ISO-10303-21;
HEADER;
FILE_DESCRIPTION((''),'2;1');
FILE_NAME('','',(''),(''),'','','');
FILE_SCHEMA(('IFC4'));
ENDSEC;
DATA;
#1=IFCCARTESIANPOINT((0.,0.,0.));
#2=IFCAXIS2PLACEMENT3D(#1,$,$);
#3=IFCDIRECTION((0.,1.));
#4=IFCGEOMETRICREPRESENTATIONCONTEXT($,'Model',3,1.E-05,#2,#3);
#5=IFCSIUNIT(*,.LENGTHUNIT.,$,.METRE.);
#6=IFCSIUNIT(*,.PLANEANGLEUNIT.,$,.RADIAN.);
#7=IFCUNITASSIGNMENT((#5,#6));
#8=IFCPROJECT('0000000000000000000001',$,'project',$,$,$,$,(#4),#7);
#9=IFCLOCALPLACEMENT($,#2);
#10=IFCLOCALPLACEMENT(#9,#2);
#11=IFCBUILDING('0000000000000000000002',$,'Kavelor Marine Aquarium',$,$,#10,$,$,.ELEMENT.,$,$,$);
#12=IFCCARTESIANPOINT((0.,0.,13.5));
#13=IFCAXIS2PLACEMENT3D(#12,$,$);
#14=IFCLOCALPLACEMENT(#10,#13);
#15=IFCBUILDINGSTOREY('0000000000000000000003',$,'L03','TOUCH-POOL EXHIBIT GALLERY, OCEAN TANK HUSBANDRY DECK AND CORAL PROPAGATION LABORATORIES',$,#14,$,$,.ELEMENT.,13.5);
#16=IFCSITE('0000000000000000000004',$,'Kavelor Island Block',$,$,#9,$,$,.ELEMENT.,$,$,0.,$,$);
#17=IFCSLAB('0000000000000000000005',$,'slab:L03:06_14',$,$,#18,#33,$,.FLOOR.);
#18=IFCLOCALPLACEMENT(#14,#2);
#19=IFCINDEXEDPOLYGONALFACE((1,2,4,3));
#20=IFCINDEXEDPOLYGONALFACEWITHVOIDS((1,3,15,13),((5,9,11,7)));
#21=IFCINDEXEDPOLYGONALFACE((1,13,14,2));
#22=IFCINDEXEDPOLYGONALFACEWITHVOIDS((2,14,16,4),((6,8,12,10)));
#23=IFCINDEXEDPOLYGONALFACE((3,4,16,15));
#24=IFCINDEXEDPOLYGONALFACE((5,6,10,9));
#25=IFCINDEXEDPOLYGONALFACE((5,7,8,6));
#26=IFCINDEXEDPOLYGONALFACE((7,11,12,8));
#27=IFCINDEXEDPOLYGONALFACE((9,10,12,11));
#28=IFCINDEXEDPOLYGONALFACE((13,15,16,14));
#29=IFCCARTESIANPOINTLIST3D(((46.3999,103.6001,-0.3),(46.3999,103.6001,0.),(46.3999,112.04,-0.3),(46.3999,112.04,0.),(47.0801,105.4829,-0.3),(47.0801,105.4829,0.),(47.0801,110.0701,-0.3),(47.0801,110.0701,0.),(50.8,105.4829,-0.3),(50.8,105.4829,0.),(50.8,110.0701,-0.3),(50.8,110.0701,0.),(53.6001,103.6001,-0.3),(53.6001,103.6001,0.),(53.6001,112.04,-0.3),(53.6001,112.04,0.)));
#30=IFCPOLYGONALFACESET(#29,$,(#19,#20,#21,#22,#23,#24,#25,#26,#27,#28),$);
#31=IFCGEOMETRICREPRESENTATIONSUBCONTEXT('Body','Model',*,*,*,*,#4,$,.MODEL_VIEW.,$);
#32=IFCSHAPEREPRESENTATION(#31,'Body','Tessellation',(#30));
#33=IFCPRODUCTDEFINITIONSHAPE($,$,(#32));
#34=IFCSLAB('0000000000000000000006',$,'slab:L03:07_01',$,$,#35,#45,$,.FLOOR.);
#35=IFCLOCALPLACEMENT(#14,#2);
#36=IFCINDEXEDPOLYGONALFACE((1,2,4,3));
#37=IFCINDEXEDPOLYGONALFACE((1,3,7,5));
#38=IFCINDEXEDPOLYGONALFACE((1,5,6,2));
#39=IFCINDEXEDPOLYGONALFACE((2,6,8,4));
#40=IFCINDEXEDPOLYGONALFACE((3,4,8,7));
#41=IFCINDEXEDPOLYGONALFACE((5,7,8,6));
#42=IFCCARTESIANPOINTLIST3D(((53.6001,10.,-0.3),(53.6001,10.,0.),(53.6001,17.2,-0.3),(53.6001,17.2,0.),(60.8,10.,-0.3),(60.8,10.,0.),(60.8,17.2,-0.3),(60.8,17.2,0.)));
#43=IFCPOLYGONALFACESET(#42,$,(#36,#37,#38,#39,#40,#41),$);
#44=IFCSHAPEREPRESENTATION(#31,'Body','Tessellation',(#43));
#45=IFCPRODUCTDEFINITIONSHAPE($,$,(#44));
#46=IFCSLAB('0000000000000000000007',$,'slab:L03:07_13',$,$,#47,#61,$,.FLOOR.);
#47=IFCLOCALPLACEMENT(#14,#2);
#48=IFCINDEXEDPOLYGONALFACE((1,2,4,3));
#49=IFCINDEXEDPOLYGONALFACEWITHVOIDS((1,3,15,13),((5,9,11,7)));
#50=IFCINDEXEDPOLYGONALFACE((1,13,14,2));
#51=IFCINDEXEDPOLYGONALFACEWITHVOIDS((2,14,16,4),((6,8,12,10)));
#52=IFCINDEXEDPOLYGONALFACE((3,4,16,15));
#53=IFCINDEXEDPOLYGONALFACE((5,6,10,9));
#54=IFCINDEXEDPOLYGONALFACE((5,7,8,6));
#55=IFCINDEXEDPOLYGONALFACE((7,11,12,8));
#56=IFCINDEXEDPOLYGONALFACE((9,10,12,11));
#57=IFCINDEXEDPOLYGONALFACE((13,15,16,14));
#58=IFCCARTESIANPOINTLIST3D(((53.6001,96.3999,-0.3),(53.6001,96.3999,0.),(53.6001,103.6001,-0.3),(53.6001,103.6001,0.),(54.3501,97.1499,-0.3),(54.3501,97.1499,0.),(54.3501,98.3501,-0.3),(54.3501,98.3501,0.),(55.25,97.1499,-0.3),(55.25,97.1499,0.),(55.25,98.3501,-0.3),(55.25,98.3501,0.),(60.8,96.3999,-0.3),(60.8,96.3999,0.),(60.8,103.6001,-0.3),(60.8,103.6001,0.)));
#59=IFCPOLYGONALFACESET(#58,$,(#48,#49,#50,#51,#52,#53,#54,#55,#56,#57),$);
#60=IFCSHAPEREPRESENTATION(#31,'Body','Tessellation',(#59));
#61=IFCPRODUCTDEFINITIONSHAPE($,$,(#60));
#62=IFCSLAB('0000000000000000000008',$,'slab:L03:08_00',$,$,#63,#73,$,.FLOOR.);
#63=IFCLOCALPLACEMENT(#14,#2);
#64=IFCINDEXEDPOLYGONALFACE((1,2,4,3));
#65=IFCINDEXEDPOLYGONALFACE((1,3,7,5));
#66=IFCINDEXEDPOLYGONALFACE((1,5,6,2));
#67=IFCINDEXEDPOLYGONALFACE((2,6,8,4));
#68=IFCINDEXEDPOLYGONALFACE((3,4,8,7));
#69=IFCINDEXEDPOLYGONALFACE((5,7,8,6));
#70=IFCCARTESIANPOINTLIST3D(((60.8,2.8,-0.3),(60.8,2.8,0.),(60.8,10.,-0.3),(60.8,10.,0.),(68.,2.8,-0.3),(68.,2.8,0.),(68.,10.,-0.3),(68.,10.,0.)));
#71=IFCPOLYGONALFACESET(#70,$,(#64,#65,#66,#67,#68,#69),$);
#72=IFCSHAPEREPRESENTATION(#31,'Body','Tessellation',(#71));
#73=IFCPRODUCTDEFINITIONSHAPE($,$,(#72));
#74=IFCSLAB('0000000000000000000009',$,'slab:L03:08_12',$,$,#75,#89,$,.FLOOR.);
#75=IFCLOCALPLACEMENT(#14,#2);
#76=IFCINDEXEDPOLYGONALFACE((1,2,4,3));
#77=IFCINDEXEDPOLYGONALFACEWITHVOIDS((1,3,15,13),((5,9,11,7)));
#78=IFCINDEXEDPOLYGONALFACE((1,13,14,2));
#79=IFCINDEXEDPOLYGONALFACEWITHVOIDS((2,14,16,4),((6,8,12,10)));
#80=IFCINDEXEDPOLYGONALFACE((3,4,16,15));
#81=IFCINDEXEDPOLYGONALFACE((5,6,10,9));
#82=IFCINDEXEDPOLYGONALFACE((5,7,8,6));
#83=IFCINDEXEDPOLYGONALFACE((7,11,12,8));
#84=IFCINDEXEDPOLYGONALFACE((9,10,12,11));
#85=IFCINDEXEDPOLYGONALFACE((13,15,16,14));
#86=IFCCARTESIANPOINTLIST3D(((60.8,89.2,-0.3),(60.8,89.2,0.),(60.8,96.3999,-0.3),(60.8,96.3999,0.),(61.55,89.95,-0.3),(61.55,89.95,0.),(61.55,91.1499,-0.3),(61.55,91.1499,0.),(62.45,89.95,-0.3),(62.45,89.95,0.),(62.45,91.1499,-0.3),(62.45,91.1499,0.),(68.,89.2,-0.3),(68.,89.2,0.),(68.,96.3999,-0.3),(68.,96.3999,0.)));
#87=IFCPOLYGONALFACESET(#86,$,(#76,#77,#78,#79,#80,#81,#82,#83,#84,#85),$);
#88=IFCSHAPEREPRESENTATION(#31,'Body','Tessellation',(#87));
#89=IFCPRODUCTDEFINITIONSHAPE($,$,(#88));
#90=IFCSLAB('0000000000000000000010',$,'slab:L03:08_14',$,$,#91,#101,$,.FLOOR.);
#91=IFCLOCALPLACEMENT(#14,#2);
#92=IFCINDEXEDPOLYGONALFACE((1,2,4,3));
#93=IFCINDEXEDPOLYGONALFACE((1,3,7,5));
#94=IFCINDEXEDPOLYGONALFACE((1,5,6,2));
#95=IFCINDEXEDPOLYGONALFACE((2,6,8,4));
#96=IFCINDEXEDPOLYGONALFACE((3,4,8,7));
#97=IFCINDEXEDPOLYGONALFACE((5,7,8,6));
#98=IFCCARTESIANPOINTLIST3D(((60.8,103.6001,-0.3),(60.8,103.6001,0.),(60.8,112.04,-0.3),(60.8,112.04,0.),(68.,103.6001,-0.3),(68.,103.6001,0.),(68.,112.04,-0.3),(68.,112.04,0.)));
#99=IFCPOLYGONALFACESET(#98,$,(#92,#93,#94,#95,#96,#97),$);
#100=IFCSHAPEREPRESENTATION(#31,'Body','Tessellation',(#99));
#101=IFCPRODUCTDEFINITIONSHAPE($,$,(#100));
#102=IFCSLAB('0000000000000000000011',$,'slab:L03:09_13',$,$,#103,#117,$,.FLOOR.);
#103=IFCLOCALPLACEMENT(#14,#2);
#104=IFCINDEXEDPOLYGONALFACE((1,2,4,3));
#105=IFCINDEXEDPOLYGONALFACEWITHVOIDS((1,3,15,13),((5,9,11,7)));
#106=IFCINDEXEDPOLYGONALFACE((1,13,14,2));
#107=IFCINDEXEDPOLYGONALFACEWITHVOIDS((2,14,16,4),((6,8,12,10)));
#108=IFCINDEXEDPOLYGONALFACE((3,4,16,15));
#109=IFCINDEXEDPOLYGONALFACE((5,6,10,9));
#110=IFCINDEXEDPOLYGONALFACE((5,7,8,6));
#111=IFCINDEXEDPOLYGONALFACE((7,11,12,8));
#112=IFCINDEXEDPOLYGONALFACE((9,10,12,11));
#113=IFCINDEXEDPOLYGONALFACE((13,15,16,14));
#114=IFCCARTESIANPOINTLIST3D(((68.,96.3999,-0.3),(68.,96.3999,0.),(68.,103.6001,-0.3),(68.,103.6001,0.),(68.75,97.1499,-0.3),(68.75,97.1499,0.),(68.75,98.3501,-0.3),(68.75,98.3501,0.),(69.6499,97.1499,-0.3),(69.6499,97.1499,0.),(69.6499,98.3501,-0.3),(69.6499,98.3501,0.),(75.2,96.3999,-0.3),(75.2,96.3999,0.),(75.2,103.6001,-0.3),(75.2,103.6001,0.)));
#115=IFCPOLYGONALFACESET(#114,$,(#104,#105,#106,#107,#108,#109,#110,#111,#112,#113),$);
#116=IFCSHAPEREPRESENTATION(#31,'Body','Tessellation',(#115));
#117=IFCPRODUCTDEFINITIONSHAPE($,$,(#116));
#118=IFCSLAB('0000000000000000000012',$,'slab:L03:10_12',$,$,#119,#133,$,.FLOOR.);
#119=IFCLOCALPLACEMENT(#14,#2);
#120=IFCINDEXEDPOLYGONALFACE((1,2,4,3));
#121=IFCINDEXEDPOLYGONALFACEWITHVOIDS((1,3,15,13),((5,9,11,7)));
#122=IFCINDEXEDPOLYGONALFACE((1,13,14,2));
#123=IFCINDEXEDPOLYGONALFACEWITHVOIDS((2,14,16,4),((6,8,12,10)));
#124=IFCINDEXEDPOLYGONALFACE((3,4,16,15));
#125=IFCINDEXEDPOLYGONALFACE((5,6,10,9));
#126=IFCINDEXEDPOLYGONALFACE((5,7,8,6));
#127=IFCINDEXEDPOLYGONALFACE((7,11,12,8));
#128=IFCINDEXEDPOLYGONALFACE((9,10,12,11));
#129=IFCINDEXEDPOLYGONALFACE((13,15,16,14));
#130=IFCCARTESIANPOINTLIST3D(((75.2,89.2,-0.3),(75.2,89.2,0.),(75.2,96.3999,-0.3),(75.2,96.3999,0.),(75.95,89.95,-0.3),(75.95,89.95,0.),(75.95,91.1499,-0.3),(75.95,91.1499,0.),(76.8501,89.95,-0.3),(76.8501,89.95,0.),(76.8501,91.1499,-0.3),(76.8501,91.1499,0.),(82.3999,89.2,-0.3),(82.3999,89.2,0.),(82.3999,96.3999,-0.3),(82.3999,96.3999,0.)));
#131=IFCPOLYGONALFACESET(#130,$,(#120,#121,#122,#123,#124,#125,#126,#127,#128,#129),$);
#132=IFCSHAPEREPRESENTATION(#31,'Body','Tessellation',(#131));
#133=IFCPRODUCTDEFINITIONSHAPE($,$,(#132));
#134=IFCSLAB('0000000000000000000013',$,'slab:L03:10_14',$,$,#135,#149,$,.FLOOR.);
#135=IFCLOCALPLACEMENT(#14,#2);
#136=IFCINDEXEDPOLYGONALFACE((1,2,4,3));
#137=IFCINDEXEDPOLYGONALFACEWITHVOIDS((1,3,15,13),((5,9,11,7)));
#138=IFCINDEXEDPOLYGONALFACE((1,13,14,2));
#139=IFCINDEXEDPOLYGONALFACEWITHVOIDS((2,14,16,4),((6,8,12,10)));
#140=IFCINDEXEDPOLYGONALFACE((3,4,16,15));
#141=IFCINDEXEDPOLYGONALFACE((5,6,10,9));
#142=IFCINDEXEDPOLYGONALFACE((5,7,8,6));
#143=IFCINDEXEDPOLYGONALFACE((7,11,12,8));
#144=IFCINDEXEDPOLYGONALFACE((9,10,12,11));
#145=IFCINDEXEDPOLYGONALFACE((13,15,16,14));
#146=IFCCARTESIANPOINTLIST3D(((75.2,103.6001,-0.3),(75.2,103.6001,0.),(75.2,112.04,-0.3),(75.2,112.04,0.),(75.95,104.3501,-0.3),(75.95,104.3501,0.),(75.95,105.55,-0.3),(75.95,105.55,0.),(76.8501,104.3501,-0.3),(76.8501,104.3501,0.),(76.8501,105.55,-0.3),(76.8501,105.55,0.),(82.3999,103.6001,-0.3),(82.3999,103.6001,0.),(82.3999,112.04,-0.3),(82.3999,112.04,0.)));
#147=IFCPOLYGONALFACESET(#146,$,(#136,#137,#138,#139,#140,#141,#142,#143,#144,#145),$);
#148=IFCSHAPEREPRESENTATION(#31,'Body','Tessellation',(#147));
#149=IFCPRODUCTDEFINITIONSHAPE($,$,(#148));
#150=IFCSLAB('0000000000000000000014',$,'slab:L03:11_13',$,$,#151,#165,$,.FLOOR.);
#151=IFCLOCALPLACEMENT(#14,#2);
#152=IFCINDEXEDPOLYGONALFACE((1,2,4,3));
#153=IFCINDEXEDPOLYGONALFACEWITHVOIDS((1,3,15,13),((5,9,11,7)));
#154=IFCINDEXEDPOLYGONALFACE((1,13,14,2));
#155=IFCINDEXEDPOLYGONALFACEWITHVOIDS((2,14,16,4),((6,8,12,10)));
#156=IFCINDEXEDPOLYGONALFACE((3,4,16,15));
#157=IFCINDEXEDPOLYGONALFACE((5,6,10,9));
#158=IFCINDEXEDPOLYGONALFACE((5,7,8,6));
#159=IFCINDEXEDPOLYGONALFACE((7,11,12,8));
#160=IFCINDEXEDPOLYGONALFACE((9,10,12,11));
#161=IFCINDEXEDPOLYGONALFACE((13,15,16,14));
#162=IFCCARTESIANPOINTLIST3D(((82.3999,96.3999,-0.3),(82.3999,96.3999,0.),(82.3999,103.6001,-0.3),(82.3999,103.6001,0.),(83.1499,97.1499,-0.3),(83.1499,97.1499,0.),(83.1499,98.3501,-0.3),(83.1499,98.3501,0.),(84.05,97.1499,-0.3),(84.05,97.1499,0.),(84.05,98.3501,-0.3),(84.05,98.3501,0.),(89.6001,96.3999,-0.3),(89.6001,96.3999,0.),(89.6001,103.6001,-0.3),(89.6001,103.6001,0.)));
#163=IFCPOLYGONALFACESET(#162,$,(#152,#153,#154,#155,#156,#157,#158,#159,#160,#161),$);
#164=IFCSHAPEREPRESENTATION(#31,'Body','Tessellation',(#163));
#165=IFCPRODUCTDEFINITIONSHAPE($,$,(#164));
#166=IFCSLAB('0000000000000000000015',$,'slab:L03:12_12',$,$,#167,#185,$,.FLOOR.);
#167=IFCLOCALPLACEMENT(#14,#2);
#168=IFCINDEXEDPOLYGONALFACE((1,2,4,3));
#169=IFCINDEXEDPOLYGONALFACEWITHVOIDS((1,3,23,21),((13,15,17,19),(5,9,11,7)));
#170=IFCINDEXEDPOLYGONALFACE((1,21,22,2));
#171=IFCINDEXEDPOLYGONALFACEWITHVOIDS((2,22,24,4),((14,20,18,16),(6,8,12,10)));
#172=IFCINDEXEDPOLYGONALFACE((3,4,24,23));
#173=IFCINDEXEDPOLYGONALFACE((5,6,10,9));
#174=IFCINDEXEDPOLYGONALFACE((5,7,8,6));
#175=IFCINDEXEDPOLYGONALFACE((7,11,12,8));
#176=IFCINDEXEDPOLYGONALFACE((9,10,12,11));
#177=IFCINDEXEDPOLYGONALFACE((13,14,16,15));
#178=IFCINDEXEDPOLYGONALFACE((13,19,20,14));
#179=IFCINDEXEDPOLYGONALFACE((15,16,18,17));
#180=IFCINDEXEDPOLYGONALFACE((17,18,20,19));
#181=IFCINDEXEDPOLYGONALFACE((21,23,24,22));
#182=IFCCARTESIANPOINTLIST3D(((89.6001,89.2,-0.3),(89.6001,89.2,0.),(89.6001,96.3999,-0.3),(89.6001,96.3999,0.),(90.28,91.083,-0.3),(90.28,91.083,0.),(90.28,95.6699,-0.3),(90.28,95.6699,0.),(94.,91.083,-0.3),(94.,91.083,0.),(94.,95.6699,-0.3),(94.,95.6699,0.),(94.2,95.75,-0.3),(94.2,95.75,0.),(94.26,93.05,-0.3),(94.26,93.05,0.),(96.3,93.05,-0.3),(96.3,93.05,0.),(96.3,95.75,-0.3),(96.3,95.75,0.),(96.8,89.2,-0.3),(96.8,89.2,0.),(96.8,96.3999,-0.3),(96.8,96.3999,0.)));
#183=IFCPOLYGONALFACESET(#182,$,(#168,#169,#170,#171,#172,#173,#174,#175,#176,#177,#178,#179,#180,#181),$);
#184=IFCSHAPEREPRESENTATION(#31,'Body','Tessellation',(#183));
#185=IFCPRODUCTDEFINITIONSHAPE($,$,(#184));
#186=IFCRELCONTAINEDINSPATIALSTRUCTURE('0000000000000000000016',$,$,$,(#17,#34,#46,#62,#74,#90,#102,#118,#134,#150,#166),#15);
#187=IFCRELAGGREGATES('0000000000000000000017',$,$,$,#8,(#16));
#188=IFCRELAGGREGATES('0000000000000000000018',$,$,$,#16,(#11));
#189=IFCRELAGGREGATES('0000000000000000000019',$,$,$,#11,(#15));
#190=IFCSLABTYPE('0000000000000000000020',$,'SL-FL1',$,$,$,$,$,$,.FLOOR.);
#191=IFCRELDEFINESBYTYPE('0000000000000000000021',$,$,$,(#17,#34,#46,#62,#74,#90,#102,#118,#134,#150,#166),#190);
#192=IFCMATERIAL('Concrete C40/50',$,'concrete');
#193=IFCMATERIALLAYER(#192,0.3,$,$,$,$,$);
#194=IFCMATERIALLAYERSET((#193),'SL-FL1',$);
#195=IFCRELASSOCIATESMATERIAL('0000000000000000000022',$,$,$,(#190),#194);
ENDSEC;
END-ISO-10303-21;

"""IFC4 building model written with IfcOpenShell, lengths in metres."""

from ifc_helpers import new_model, si_unit, direction, frame, origin, place, context, subcontext, project, spatial, polyline, outline, extrude, material, layer, layer_set, type_object, element, save


model = new_model("IFC4")

# Units and contexts
model_context = context("Model", 3, precision=1e-05, world=origin(), true_north=direction((0.0, 1.0)))
body_context = subcontext(model_context, "Body", "Model", "MODEL_VIEW")
ifc_project = project(units=[si_unit("LENGTHUNIT", "METRE"), si_unit("PLANEANGLEUNIT", "RADIAN")], contexts=[model_context])

# Site, building, storey
site_placement = place(None, origin())
site = spatial("IfcSite", under=ifc_project, at=site_placement, Name="Kavelor Island Block", CompositionType="ELEMENT", RefElevation=0.0)
building_placement = place(site_placement, origin())
building = spatial("IfcBuilding", under=site, at=building_placement, Name="Kavelor Marine Aquarium", CompositionType="ELEMENT")
storey_placement = place(building_placement, frame((0.0, 0.0, 13.5)))
storey = spatial("IfcBuildingStorey", under=building, at=storey_placement, Name="L03", Description="TOUCH-POOL EXHIBIT GALLERY, OCEAN TANK HUSBANDRY DECK AND CORAL PROPAGATION LABORATORIES", CompositionType="ELEMENT", Elevation=13.5)

# Slabs
ifc_material = material(Name="Concrete C40/50", Category="concrete")
ifc_layer = layer(ifc_material, 0.3)
ifc_layer_set = layer_set([ifc_layer], Name="SL-FL1")
slab_type = type_object("IfcSlabType", Name="SL-FL1", PredefinedType="FLOOR", material=ifc_layer_set)
slab_1_placement = place(storey_placement, frame((0.0, 0.0, -0.3)))
element("IfcSlab", 1, at=slab_1_placement, inside=storey, type_object=slab_type, Name="slab:L03:06_14", PredefinedType="FLOOR", context=body_context, shape_type="SweptSolid", body=[
    extrude(outline(polyline([(46.3999, 103.6001), (53.6001, 103.6001), (53.6001, 112.04), (46.3999, 112.04), (46.3999, 103.6001)]), holes=[polyline([(47.0801, 105.4829), (50.8, 105.4829), (50.8, 110.0701), (47.0801, 110.0701), (47.0801, 105.4829)])]), origin(), (0.0, 0.0, 1.0), 0.3),
])
slab_2_placement = place(storey_placement, frame((0.0, 0.0, -0.3)))
element("IfcSlab", 2, at=slab_2_placement, inside=storey, type_object=slab_type, Name="slab:L03:07_01", PredefinedType="FLOOR", context=body_context, shape_type="SweptSolid", body=[
    extrude(outline(polyline([(53.6001, 10.0), (60.8, 10.0), (60.8, 17.2), (53.6001, 17.2), (53.6001, 10.0)])), origin(), (0.0, 0.0, 1.0), 0.3),
])
slab_3_placement = place(storey_placement, frame((0.0, 0.0, -0.3)))
element("IfcSlab", 3, at=slab_3_placement, inside=storey, type_object=slab_type, Name="slab:L03:07_13", PredefinedType="FLOOR", context=body_context, shape_type="SweptSolid", body=[
    extrude(outline(polyline([(53.6001, 96.3999), (60.8, 96.3999), (60.8, 103.6001), (53.6001, 103.6001), (53.6001, 96.3999)]), holes=[polyline([(54.3501, 97.1499), (55.25, 97.1499), (55.25, 98.3501), (54.3501, 98.3501), (54.3501, 97.1499)])]), origin(), (0.0, 0.0, 1.0), 0.3),
])
slab_4_placement = place(storey_placement, frame((0.0, 0.0, -0.3)))
element("IfcSlab", 4, at=slab_4_placement, inside=storey, type_object=slab_type, Name="slab:L03:08_00", PredefinedType="FLOOR", context=body_context, shape_type="SweptSolid", body=[
    extrude(outline(polyline([(60.8, 2.8), (68.0, 2.8), (68.0, 10.0), (60.8, 10.0), (60.8, 2.8)])), origin(), (0.0, 0.0, 1.0), 0.3),
])
slab_5_placement = place(storey_placement, frame((0.0, 0.0, -0.3)))
element("IfcSlab", 5, at=slab_5_placement, inside=storey, type_object=slab_type, Name="slab:L03:08_12", PredefinedType="FLOOR", context=body_context, shape_type="SweptSolid", body=[
    extrude(outline(polyline([(60.8, 89.2), (68.0, 89.2), (68.0, 96.3999), (60.8, 96.3999), (60.8, 89.2)]), holes=[polyline([(61.55, 89.95), (62.45, 89.95), (62.45, 91.1499), (61.55, 91.1499), (61.55, 89.95)])]), origin(), (0.0, 0.0, 1.0), 0.3),
])
slab_6_placement = place(storey_placement, frame((0.0, 0.0, -0.3)))
element("IfcSlab", 6, at=slab_6_placement, inside=storey, type_object=slab_type, Name="slab:L03:08_14", PredefinedType="FLOOR", context=body_context, shape_type="SweptSolid", body=[
    extrude(outline(polyline([(60.8, 103.6001), (68.0, 103.6001), (68.0, 112.04), (60.8, 112.04), (60.8, 103.6001)])), origin(), (0.0, 0.0, 1.0), 0.3),
])
slab_7_placement = place(storey_placement, frame((0.0, 0.0, -0.3)))
element("IfcSlab", 7, at=slab_7_placement, inside=storey, type_object=slab_type, Name="slab:L03:09_13", PredefinedType="FLOOR", context=body_context, shape_type="SweptSolid", body=[
    extrude(outline(polyline([(68.0, 96.3999), (75.2, 96.3999), (75.2, 103.6001), (68.0, 103.6001), (68.0, 96.3999)]), holes=[polyline([(68.75, 97.1499), (69.6499, 97.1499), (69.6499, 98.3501), (68.75, 98.3501), (68.75, 97.1499)])]), origin(), (0.0, 0.0, 1.0), 0.3),
])
slab_8_placement = place(storey_placement, frame((0.0, 0.0, -0.3)))
element("IfcSlab", 8, at=slab_8_placement, inside=storey, type_object=slab_type, Name="slab:L03:10_12", PredefinedType="FLOOR", context=body_context, shape_type="SweptSolid", body=[
    extrude(outline(polyline([(75.2, 89.2), (82.3999, 89.2), (82.3999, 96.3999), (75.2, 96.3999), (75.2, 89.2)]), holes=[polyline([(75.95, 89.95), (76.8501, 89.95), (76.8501, 91.1499), (75.95, 91.1499), (75.95, 89.95)])]), origin(), (0.0, 0.0, 1.0), 0.3),
])
slab_9_placement = place(storey_placement, frame((0.0, 0.0, -0.3)))
element("IfcSlab", 9, at=slab_9_placement, inside=storey, type_object=slab_type, Name="slab:L03:10_14", PredefinedType="FLOOR", context=body_context, shape_type="SweptSolid", body=[
    extrude(outline(polyline([(75.2, 103.6001), (82.3999, 103.6001), (82.3999, 112.04), (75.2, 112.04), (75.2, 103.6001)]), holes=[polyline([(75.95, 104.3501), (76.8501, 104.3501), (76.8501, 105.55), (75.95, 105.55), (75.95, 104.3501)])]), origin(), (0.0, 0.0, 1.0), 0.3),
])
slab_10_placement = place(storey_placement, frame((0.0, 0.0, -0.3)))
element("IfcSlab", 10, at=slab_10_placement, inside=storey, type_object=slab_type, Name="slab:L03:11_13", PredefinedType="FLOOR", context=body_context, shape_type="SweptSolid", body=[
    extrude(outline(polyline([(82.3999, 96.3999), (89.6001, 96.3999), (89.6001, 103.6001), (82.3999, 103.6001), (82.3999, 96.3999)]), holes=[polyline([(83.1499, 97.1499), (84.05, 97.1499), (84.05, 98.3501), (83.1499, 98.3501), (83.1499, 97.1499)])]), origin(), (0.0, 0.0, 1.0), 0.3),
])
slab_11_placement = place(storey_placement, frame((0.0, 0.0, -0.3)))
element("IfcSlab", 11, at=slab_11_placement, inside=storey, type_object=slab_type, Name="slab:L03:12_12", PredefinedType="FLOOR", context=body_context, shape_type="SweptSolid", body=[
    extrude(outline(polyline([(89.6001, 89.2), (96.8, 89.2), (96.8, 96.3999), (89.6001, 96.3999), (89.6001, 89.2)]), holes=[polyline([(90.28, 91.083), (94.0, 91.083), (94.0, 95.6699), (90.28, 95.6699), (90.28, 91.083)]), polyline([(94.26, 93.05), (96.3, 93.05), (96.3, 95.75), (94.2, 95.75), (94.26, 93.05)])]), origin(), (0.0, 0.0, 1.0), 0.3),
])

save(model, "model.ifc")
